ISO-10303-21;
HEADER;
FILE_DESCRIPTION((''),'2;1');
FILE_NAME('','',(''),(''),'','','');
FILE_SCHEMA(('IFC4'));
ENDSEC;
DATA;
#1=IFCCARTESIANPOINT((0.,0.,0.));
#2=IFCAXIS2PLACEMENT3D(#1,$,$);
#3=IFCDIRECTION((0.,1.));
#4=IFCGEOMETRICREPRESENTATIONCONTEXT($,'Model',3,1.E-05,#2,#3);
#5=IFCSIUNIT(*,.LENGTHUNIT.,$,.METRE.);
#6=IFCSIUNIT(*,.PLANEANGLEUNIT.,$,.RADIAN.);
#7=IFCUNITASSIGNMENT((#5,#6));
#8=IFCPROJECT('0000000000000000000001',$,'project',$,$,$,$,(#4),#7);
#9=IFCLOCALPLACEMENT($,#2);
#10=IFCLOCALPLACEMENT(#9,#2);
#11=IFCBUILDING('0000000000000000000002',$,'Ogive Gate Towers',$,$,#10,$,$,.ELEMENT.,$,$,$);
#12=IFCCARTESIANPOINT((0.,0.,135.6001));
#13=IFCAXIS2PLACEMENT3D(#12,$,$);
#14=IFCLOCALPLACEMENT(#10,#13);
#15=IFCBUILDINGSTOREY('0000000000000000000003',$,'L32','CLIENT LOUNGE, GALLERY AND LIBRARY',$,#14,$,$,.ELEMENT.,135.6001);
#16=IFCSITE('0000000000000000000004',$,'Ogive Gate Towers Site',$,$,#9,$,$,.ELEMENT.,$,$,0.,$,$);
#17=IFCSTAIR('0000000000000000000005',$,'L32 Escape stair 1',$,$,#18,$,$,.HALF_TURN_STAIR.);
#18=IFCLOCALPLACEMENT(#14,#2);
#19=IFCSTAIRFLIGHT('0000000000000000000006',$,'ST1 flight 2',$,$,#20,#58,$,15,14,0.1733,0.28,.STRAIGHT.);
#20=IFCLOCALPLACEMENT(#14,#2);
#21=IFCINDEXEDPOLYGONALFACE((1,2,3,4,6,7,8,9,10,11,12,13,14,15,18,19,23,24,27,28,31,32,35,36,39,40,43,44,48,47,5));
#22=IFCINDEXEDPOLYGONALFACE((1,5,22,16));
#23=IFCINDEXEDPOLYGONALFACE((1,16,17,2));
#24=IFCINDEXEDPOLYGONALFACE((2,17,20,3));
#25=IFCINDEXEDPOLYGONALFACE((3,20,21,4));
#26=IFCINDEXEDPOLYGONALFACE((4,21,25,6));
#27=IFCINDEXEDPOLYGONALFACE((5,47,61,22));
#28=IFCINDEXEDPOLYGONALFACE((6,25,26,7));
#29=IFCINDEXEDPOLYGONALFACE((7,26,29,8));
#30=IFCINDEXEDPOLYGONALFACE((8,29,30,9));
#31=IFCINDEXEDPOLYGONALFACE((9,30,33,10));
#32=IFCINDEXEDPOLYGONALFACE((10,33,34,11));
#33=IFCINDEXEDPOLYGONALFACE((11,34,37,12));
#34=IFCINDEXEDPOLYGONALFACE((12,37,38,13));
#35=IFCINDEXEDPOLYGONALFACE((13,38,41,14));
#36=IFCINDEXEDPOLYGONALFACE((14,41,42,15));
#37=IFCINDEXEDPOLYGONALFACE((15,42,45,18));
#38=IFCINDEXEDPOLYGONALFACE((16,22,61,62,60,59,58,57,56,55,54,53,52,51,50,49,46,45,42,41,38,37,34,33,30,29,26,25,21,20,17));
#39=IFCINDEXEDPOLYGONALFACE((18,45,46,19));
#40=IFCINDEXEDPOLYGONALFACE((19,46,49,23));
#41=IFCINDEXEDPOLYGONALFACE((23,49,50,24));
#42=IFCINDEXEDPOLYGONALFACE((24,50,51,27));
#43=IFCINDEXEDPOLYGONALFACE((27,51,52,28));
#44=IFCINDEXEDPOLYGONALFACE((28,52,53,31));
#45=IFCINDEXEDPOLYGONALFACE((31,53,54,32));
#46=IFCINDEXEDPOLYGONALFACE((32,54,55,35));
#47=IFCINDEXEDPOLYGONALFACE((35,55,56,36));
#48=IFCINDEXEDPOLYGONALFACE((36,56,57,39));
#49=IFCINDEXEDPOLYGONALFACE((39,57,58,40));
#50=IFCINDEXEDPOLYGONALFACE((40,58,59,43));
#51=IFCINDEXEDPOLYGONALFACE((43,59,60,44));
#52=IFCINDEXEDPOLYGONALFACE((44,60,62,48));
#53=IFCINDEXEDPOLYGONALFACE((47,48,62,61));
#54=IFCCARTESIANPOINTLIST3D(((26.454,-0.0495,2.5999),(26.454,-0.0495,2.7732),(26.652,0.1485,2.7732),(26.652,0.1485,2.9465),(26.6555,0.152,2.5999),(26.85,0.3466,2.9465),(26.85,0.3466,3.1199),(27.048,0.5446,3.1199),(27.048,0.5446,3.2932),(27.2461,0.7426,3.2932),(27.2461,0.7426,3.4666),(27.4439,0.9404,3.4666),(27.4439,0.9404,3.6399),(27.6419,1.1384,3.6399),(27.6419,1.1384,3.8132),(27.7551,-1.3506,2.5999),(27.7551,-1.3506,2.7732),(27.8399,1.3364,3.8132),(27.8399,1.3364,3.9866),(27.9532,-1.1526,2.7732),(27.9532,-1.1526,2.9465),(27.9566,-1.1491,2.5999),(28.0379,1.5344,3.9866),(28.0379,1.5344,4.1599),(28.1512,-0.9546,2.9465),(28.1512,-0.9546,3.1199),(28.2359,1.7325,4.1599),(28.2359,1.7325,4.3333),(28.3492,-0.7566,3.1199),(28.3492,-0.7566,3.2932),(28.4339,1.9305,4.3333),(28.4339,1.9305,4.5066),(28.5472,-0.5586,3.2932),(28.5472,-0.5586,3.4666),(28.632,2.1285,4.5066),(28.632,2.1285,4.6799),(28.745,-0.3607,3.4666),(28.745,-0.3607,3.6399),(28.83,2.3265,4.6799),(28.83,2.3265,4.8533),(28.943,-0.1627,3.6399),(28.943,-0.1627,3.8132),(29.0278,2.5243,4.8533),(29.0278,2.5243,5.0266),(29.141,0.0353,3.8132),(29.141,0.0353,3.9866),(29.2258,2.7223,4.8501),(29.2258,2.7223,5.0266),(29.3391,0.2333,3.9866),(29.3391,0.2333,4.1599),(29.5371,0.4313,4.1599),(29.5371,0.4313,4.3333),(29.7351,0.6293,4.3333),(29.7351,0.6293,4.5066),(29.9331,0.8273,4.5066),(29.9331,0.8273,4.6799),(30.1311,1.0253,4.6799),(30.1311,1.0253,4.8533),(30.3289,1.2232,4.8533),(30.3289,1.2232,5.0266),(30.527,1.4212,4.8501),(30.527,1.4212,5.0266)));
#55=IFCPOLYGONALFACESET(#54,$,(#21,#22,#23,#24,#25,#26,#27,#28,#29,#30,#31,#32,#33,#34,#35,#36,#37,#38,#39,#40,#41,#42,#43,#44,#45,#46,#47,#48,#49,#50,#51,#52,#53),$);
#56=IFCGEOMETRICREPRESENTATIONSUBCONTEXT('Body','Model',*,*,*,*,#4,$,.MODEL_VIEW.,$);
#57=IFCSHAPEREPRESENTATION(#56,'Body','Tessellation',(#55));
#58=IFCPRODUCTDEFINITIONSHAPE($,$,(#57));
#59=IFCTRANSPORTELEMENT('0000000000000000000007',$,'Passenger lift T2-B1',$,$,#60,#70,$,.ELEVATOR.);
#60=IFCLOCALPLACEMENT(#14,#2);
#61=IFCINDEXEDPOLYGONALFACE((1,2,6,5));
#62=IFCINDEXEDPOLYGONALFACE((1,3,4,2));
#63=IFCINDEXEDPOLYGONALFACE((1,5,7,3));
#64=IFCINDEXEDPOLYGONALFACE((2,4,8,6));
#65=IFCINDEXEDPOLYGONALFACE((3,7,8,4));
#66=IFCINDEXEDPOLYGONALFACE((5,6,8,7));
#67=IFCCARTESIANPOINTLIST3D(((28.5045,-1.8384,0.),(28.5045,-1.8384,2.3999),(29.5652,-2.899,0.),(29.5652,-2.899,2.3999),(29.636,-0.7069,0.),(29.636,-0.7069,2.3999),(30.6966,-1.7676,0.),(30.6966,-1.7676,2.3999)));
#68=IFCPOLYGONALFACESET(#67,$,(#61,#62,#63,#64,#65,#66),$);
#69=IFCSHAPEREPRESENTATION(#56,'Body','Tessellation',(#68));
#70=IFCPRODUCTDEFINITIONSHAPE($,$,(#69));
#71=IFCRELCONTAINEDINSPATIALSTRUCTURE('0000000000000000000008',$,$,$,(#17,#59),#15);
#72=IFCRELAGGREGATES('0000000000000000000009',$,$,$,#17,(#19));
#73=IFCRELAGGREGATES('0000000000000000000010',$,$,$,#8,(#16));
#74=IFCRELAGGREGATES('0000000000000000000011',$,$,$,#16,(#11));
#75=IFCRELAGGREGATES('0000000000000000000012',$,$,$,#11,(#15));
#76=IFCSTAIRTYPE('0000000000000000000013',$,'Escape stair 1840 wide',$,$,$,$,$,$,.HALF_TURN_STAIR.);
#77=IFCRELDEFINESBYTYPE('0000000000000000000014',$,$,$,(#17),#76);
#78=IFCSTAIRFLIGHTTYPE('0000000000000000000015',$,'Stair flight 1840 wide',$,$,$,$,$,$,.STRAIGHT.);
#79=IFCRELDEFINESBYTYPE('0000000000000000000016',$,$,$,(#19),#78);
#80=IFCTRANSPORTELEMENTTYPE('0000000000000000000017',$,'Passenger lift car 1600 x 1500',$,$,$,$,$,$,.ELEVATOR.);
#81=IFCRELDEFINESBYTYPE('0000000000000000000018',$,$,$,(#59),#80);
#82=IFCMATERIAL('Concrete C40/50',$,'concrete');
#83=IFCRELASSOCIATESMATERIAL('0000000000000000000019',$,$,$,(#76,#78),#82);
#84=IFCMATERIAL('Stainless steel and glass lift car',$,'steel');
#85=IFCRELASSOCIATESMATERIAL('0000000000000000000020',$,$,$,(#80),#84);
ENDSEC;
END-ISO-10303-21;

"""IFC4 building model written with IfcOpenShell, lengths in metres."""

from ifc_helpers import new_model, si_unit, direction, frame, origin, origin_2d, place, context, subcontext, project, spatial, polyline, rectangle, outline, extrude, material, type_object, element, aggregate, save


model = new_model("IFC4")

# Units and contexts
model_context = context("Model", 3, precision=1e-05, world=origin(), true_north=direction((0.0, 1.0)))
body_context = subcontext(model_context, "Body", "Model", "MODEL_VIEW")
ifc_project = project(units=[si_unit("LENGTHUNIT", "METRE"), si_unit("PLANEANGLEUNIT", "RADIAN")], contexts=[model_context])

# Site, building, storey
site_placement = place(None, origin())
site = spatial("IfcSite", under=ifc_project, at=site_placement, Name="Ogive Gate Towers Site", CompositionType="ELEMENT", RefElevation=0.0)
building_placement = place(site_placement, origin())
building = spatial("IfcBuilding", under=site, at=building_placement, Name="Ogive Gate Towers", CompositionType="ELEMENT")
storey_placement = place(building_placement, frame((0.0, 0.0, 135.6001)))
storey = spatial("IfcBuildingStorey", under=building, at=storey_placement, Name="L32", Description="CLIENT LOUNGE, GALLERY AND LIBRARY", CompositionType="ELEMENT", Elevation=135.6001)

# Stair, stair flight
ifc_material_1 = material(Name="Concrete C40/50", Category="concrete")
stair_type = type_object("IfcStairType", Name="Escape stair 1840 wide", PredefinedType="HALF_TURN_STAIR", material=ifc_material_1)
stair_placement = place(storey_placement, origin())
stair = element("IfcStair", 1, at=stair_placement, inside=storey, type_object=stair_type, Name="L32 Escape stair 1", PredefinedType="HALF_TURN_STAIR")
stair_flight_type = type_object("IfcStairFlightType", Name="Stair flight 1840 wide", PredefinedType="STRAIGHT", material=ifc_material_1)
stair_flight_placement = place(storey_placement, frame((27.1045, -0.7, 2.5999), z_axis=(0.0, 0.0, 1.0), x_axis=(0.707107, 0.707107, 0.0)))
stair_flight = element("IfcStairFlight", 2, at=stair_flight_placement, type_object=stair_flight_type, Name="ST1 flight 2", NumberOfRisers=15, NumberOfTreads=14, PredefinedType="STRAIGHT", RiserHeight=0.1733, TreadLength=0.28, context=body_context, shape_type="SweptSolid", body=[
    extrude(outline(polyline([(0.0, 0.0), (0.0, 0.1733), (0.28, 0.1733), (0.28, 0.3467), (0.5601, 0.3467), (0.5601, 0.52), (0.8401, 0.52), (0.8401, 0.6934), (1.1201, 0.6934), (1.1201, 0.8667), (1.3999, 0.8667), (1.3999, 1.04), (1.6799, 1.04), (1.6799, 1.2134), (1.96, 1.2134), (1.96, 1.3867), (2.24, 1.3867), (2.24, 1.5601), (2.52, 1.5601), (2.52, 1.7334), (2.8, 1.7334), (2.8, 1.9067), (3.0801, 1.9067), (3.0801, 2.0801), (3.3601, 2.0801), (3.3601, 2.2534), (3.6399, 2.2534), (3.6399, 2.4268), (3.9199, 2.4268), (3.9199, 2.6001), (3.9199, 2.2502), (0.2849, 0.0), (0.0, 0.0)])), frame((0.0, 0.9199, 0.0), z_axis=(0.0, -1.0, 0.0), x_axis=(1.0, 0.0, 0.0)), (0.0, 0.0, 1.0), 1.8401),
])
aggregate(stair, [stair_flight])

# Transport element
ifc_material_2 = material(Name="Stainless steel and glass lift car", Category="steel")
transport_element_type = type_object("IfcTransportElementType", Name="Passenger lift car 1600 x 1500", PredefinedType="ELEVATOR", material=ifc_material_2)
transport_element_placement = place(storey_placement, frame((29.6006, -1.803, 0.0), z_axis=(0.0, 0.0, 1.0), x_axis=(0.707107, 0.707107, 0.0)))
element("IfcTransportElement", 3, at=transport_element_placement, inside=storey, type_object=transport_element_type, Name="Passenger lift T2-B1", PredefinedType="ELEVATOR", context=body_context, shape_type="SweptSolid", body=[
    extrude(rectangle(XDim=1.6001, YDim=1.5, at=origin_2d()), origin(), (0.0, 0.0, 1.0), 2.3999),
])

save(model, "model.ifc")
